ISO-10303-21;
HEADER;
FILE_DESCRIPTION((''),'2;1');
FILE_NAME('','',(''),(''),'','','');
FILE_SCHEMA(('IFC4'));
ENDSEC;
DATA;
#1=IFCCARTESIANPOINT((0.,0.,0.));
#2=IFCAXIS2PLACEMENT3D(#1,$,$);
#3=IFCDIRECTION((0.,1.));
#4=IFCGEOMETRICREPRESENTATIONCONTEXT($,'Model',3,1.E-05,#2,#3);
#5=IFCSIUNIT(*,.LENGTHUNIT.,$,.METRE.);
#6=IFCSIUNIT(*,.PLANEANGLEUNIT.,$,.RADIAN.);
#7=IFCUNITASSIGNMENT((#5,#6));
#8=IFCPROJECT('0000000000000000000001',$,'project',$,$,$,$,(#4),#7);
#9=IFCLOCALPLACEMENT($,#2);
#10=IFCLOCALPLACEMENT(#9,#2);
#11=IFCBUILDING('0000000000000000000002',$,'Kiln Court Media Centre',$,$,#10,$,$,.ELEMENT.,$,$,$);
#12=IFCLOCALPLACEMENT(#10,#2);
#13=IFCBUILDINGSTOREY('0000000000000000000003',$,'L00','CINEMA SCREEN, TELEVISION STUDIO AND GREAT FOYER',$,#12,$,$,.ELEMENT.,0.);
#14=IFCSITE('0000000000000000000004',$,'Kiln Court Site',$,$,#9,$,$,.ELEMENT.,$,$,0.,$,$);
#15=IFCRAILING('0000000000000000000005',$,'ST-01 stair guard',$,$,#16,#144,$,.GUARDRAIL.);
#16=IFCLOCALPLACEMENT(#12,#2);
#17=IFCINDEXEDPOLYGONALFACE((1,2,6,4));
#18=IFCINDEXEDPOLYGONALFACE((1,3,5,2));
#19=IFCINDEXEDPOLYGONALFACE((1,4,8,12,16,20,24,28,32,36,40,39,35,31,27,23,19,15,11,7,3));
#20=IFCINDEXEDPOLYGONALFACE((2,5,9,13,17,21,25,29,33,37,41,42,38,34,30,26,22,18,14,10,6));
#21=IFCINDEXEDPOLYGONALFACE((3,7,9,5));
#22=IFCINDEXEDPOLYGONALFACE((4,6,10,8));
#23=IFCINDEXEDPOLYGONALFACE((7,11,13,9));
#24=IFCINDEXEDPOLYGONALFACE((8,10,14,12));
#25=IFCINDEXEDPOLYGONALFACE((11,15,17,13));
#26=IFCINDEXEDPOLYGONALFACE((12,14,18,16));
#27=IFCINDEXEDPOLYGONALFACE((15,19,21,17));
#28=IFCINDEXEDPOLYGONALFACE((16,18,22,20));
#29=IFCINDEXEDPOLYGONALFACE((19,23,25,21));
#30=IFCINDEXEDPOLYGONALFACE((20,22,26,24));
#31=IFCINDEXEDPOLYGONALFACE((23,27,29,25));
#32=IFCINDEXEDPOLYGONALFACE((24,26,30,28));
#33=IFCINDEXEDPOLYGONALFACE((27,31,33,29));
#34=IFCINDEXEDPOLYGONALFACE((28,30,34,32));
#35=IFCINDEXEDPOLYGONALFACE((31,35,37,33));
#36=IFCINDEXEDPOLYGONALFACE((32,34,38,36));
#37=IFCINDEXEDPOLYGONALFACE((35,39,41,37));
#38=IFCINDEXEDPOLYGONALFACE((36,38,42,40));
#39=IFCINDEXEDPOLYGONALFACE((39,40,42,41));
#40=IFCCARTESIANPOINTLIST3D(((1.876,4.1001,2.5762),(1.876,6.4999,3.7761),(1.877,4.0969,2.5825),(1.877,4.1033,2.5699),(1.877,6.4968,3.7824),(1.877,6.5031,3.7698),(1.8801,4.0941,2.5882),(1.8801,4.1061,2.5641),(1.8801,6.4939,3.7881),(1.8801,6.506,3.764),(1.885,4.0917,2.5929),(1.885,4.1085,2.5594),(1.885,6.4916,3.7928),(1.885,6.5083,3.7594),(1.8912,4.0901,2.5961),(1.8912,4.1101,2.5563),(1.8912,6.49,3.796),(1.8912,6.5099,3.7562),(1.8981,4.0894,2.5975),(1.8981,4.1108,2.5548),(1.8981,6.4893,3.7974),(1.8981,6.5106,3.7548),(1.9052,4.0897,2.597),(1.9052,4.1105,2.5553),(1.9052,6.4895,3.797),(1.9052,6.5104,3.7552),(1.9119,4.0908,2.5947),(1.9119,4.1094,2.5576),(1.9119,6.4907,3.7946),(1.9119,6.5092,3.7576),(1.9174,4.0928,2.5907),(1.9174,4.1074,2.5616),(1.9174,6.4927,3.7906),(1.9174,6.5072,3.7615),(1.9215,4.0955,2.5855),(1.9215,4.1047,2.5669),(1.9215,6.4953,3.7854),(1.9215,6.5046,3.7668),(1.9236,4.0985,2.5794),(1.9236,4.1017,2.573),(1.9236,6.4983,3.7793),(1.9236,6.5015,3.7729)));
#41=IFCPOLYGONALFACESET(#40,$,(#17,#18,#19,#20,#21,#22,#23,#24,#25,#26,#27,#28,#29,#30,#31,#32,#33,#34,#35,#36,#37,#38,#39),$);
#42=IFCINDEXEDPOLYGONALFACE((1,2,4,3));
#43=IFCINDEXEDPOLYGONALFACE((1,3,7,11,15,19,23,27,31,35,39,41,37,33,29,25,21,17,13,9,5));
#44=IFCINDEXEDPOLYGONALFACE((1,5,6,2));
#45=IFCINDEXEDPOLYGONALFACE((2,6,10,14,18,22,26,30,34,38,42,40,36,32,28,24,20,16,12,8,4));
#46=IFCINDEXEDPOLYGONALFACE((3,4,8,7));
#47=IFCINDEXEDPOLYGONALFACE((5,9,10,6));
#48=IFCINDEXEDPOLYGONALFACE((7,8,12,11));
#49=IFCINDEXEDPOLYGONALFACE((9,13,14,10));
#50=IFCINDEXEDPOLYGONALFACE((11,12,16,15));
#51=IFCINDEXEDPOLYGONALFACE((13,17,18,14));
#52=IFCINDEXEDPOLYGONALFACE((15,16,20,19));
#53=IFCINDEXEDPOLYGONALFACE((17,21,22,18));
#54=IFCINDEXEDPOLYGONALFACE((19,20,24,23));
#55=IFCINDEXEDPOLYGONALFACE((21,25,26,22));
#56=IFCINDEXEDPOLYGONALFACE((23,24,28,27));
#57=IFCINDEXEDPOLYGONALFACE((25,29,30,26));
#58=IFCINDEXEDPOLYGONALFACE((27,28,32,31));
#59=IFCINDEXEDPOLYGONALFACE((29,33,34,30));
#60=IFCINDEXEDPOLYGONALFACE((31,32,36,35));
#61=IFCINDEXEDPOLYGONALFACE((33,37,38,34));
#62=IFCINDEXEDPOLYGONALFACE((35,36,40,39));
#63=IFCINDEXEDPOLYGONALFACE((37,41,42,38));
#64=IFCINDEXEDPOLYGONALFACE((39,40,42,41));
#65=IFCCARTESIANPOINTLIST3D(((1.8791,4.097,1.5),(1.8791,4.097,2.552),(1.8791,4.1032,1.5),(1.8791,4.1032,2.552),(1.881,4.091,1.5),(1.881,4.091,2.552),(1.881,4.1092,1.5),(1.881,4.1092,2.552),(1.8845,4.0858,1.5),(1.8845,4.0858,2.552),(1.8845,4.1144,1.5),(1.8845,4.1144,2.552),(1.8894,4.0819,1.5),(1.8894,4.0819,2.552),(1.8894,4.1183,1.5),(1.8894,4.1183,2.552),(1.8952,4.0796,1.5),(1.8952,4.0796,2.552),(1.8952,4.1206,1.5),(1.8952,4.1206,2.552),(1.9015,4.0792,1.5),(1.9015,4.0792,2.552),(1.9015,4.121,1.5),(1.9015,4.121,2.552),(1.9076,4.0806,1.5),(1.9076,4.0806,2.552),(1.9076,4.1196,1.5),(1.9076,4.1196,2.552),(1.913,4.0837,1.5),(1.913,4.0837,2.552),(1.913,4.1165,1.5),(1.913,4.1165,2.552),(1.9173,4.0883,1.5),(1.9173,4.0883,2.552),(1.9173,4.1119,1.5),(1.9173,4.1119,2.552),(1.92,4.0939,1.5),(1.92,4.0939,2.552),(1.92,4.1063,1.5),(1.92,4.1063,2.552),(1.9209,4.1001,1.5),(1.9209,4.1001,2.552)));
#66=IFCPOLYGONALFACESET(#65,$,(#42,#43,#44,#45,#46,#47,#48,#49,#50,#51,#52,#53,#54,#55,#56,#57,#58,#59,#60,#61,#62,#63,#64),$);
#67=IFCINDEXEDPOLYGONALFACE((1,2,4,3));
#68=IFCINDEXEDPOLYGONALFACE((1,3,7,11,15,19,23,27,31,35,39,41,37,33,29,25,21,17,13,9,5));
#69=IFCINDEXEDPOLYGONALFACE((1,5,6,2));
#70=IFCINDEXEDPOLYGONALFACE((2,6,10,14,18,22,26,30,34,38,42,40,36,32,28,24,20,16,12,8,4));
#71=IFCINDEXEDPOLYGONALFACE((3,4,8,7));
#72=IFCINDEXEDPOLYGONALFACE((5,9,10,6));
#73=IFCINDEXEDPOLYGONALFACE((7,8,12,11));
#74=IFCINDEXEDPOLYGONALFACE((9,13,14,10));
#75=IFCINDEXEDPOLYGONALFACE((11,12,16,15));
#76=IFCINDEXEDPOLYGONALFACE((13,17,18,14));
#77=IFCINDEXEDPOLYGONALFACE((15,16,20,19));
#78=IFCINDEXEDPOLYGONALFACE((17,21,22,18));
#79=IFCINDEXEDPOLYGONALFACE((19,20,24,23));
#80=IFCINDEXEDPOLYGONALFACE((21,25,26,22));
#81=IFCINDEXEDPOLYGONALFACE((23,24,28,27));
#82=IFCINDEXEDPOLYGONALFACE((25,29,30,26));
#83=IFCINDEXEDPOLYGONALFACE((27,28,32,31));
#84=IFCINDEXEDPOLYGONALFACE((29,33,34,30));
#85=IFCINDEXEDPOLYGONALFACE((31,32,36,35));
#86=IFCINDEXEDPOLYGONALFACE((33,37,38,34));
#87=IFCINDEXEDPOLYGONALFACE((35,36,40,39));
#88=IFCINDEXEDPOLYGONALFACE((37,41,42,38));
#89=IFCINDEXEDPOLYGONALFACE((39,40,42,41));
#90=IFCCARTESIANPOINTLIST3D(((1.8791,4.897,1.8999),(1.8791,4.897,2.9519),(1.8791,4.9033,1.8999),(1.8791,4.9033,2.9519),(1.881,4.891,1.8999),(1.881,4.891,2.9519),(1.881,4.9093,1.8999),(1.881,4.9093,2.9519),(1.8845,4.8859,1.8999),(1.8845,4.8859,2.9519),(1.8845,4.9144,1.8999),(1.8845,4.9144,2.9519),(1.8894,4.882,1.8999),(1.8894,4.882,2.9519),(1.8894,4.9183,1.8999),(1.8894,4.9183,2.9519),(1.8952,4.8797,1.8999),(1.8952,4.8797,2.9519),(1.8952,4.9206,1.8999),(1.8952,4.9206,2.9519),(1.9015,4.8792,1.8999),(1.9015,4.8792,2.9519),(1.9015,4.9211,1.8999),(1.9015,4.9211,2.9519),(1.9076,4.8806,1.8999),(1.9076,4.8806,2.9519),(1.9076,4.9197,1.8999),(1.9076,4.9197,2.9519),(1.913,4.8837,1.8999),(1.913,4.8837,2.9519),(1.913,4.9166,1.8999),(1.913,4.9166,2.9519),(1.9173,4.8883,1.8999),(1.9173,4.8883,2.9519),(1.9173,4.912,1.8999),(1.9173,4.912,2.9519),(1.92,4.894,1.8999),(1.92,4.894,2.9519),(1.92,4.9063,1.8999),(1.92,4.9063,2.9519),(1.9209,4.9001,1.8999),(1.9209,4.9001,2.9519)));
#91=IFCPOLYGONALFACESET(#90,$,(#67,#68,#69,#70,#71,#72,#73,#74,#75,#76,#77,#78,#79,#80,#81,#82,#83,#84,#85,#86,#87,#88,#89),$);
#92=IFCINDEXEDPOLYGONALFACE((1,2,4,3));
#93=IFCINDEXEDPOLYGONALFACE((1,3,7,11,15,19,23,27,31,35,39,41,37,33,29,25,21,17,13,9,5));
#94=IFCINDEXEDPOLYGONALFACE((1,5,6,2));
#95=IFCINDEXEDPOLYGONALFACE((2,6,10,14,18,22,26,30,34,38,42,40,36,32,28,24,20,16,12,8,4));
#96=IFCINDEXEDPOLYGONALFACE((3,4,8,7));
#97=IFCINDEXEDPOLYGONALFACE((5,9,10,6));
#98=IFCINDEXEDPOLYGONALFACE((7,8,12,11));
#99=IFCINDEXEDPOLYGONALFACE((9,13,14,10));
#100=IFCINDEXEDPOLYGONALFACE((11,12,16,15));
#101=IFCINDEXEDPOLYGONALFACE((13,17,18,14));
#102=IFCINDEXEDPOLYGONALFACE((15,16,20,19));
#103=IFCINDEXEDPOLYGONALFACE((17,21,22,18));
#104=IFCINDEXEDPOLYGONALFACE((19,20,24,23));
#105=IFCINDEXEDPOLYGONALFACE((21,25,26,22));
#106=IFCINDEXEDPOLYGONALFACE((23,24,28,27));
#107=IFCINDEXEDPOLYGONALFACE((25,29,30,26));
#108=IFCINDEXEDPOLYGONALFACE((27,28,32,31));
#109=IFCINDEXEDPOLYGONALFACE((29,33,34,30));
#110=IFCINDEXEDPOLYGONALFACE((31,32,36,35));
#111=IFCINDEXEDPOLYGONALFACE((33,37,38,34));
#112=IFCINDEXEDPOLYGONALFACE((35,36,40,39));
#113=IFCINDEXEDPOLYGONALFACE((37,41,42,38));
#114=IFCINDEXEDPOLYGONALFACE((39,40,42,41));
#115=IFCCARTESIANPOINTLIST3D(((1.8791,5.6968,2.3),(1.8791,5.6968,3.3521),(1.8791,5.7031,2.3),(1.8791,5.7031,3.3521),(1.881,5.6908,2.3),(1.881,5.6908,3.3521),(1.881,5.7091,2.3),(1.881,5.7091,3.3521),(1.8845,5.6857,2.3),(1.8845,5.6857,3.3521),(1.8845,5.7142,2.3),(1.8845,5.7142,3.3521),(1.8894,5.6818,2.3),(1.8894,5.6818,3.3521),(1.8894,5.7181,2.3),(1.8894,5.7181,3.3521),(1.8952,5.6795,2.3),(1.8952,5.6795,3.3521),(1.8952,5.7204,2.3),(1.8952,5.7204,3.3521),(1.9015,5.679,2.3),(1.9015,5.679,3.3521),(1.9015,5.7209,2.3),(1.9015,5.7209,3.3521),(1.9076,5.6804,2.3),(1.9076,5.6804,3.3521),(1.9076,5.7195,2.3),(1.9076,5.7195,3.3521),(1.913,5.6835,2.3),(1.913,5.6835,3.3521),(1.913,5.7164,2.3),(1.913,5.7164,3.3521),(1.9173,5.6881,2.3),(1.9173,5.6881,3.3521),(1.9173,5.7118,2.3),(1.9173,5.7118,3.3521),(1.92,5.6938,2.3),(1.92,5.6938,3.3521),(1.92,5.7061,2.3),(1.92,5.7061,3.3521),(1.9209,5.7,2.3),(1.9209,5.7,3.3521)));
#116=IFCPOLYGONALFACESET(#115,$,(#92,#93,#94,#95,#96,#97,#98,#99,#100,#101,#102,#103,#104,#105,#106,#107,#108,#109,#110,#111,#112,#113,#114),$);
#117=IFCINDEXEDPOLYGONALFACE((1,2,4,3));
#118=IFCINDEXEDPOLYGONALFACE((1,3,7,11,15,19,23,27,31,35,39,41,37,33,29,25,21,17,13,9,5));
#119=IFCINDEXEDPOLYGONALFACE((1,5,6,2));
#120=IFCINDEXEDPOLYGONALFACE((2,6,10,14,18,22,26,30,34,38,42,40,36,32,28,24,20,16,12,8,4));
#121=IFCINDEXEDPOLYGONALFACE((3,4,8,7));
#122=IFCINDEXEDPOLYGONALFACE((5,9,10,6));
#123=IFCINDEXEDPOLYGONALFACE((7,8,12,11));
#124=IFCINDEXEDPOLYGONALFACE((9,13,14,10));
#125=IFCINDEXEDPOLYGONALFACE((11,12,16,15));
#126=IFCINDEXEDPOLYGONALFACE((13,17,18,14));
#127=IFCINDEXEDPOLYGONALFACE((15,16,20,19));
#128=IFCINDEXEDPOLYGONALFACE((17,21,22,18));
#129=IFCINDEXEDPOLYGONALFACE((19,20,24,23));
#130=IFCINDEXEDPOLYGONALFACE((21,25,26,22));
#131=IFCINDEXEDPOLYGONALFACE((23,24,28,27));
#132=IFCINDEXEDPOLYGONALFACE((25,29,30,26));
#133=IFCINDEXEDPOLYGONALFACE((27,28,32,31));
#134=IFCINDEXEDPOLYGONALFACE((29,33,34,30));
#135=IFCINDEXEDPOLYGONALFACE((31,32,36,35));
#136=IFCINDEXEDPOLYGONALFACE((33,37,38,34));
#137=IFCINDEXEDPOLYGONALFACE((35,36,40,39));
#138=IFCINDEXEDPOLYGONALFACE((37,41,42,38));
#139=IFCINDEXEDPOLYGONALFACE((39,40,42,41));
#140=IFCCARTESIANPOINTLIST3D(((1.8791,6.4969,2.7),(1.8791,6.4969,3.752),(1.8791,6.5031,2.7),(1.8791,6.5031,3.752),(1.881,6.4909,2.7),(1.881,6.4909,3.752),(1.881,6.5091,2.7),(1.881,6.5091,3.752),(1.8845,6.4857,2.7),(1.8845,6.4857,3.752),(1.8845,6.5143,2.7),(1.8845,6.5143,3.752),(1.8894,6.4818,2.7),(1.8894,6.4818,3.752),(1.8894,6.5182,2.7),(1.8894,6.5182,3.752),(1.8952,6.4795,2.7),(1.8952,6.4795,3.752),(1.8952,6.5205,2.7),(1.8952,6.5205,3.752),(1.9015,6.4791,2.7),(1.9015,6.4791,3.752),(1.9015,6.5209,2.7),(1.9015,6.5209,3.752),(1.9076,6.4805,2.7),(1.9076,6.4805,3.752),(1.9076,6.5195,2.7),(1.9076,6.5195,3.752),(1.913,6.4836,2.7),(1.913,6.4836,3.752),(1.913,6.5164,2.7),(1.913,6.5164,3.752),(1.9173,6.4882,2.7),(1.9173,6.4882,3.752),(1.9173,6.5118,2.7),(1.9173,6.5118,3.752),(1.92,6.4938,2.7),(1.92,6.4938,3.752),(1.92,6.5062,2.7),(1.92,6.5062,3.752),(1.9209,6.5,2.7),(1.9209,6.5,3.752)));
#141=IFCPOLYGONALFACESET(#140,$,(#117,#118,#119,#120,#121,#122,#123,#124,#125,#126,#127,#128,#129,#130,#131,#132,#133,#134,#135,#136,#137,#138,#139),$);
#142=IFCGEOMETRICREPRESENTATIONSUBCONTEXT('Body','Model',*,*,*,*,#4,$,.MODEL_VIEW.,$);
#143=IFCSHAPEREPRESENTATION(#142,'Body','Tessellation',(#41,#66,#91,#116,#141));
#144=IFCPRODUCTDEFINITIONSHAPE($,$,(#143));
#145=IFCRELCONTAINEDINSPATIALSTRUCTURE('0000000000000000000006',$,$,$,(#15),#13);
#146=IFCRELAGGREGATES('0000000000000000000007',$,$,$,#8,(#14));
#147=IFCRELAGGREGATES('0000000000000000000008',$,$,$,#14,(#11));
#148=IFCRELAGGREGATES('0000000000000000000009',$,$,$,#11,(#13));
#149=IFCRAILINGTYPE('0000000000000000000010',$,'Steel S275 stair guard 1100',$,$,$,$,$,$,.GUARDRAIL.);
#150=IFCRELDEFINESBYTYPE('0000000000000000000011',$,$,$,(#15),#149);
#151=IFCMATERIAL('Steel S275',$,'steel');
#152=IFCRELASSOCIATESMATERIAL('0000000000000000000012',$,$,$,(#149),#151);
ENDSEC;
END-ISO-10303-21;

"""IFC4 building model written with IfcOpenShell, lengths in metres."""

from ifc_helpers import new_model, si_unit, direction, frame, origin, origin_2d, place, context, subcontext, project, spatial, circle, extrude, material, type_object, element, save


model = new_model("IFC4")

# Units and contexts
model_context = context("Model", 3, precision=1e-05, world=origin(), true_north=direction((0.0, 1.0)))
body_context = subcontext(model_context, "Body", "Model", "MODEL_VIEW")
ifc_project = project(units=[si_unit("LENGTHUNIT", "METRE"), si_unit("PLANEANGLEUNIT", "RADIAN")], contexts=[model_context])

# Site, building, storey
site_placement = place(None, origin())
site = spatial("IfcSite", under=ifc_project, at=site_placement, Name="Kiln Court Site", CompositionType="ELEMENT", RefElevation=0.0)
building_placement = place(site_placement, origin())
building = spatial("IfcBuilding", under=site, at=building_placement, Name="Kiln Court Media Centre", CompositionType="ELEMENT")
storey_placement = place(building_placement, origin())
storey = spatial("IfcBuildingStorey", under=building, at=storey_placement, Name="L00", Description="CINEMA SCREEN, TELEVISION STUDIO AND GREAT FOYER", CompositionType="ELEMENT", Elevation=0.0)

# Railing
ifc_material_1 = material(Name="Steel S275", Category="steel")
railing_type_1 = type_object("IfcRailingType", Name="Steel S275 stair guard 1100", PredefinedType="GUARDRAIL", material=ifc_material_1)
railing_1_placement = place(storey_placement, frame((1.8999, 4.1001, 1.5)))
element("IfcRailing", 1, at=railing_1_placement, inside=storey, type_object=railing_type_1, Name="ST-01 stair guard", PredefinedType="GUARDRAIL", context=body_context, shape_type="SweptSolid", body=[
    extrude(circle(Radius=0.0239, at=origin_2d()), frame((0.0, 0.0, 1.0762), z_axis=(0.0, 0.894427, 0.447214), x_axis=(-1.0, 0.0, 0.0)), (0.0, 0.0, 1.0), 2.6831),
    extrude(circle(Radius=0.021, at=origin_2d()), origin(), (0.0, 0.0, 1.0), 1.052),
    extrude(circle(Radius=0.021, at=origin_2d()), frame((0.0, 0.8, 0.3999)), (0.0, 0.0, 1.0), 1.052),
    extrude(circle(Radius=0.021, at=origin_2d()), frame((0.0, 1.5999, 0.8)), (0.0, 0.0, 1.0), 1.052),
    extrude(circle(Radius=0.021, at=origin_2d()), frame((0.0, 2.3999, 1.2)), (0.0, 0.0, 1.0), 1.052),
])

save(model, "model.ifc")
